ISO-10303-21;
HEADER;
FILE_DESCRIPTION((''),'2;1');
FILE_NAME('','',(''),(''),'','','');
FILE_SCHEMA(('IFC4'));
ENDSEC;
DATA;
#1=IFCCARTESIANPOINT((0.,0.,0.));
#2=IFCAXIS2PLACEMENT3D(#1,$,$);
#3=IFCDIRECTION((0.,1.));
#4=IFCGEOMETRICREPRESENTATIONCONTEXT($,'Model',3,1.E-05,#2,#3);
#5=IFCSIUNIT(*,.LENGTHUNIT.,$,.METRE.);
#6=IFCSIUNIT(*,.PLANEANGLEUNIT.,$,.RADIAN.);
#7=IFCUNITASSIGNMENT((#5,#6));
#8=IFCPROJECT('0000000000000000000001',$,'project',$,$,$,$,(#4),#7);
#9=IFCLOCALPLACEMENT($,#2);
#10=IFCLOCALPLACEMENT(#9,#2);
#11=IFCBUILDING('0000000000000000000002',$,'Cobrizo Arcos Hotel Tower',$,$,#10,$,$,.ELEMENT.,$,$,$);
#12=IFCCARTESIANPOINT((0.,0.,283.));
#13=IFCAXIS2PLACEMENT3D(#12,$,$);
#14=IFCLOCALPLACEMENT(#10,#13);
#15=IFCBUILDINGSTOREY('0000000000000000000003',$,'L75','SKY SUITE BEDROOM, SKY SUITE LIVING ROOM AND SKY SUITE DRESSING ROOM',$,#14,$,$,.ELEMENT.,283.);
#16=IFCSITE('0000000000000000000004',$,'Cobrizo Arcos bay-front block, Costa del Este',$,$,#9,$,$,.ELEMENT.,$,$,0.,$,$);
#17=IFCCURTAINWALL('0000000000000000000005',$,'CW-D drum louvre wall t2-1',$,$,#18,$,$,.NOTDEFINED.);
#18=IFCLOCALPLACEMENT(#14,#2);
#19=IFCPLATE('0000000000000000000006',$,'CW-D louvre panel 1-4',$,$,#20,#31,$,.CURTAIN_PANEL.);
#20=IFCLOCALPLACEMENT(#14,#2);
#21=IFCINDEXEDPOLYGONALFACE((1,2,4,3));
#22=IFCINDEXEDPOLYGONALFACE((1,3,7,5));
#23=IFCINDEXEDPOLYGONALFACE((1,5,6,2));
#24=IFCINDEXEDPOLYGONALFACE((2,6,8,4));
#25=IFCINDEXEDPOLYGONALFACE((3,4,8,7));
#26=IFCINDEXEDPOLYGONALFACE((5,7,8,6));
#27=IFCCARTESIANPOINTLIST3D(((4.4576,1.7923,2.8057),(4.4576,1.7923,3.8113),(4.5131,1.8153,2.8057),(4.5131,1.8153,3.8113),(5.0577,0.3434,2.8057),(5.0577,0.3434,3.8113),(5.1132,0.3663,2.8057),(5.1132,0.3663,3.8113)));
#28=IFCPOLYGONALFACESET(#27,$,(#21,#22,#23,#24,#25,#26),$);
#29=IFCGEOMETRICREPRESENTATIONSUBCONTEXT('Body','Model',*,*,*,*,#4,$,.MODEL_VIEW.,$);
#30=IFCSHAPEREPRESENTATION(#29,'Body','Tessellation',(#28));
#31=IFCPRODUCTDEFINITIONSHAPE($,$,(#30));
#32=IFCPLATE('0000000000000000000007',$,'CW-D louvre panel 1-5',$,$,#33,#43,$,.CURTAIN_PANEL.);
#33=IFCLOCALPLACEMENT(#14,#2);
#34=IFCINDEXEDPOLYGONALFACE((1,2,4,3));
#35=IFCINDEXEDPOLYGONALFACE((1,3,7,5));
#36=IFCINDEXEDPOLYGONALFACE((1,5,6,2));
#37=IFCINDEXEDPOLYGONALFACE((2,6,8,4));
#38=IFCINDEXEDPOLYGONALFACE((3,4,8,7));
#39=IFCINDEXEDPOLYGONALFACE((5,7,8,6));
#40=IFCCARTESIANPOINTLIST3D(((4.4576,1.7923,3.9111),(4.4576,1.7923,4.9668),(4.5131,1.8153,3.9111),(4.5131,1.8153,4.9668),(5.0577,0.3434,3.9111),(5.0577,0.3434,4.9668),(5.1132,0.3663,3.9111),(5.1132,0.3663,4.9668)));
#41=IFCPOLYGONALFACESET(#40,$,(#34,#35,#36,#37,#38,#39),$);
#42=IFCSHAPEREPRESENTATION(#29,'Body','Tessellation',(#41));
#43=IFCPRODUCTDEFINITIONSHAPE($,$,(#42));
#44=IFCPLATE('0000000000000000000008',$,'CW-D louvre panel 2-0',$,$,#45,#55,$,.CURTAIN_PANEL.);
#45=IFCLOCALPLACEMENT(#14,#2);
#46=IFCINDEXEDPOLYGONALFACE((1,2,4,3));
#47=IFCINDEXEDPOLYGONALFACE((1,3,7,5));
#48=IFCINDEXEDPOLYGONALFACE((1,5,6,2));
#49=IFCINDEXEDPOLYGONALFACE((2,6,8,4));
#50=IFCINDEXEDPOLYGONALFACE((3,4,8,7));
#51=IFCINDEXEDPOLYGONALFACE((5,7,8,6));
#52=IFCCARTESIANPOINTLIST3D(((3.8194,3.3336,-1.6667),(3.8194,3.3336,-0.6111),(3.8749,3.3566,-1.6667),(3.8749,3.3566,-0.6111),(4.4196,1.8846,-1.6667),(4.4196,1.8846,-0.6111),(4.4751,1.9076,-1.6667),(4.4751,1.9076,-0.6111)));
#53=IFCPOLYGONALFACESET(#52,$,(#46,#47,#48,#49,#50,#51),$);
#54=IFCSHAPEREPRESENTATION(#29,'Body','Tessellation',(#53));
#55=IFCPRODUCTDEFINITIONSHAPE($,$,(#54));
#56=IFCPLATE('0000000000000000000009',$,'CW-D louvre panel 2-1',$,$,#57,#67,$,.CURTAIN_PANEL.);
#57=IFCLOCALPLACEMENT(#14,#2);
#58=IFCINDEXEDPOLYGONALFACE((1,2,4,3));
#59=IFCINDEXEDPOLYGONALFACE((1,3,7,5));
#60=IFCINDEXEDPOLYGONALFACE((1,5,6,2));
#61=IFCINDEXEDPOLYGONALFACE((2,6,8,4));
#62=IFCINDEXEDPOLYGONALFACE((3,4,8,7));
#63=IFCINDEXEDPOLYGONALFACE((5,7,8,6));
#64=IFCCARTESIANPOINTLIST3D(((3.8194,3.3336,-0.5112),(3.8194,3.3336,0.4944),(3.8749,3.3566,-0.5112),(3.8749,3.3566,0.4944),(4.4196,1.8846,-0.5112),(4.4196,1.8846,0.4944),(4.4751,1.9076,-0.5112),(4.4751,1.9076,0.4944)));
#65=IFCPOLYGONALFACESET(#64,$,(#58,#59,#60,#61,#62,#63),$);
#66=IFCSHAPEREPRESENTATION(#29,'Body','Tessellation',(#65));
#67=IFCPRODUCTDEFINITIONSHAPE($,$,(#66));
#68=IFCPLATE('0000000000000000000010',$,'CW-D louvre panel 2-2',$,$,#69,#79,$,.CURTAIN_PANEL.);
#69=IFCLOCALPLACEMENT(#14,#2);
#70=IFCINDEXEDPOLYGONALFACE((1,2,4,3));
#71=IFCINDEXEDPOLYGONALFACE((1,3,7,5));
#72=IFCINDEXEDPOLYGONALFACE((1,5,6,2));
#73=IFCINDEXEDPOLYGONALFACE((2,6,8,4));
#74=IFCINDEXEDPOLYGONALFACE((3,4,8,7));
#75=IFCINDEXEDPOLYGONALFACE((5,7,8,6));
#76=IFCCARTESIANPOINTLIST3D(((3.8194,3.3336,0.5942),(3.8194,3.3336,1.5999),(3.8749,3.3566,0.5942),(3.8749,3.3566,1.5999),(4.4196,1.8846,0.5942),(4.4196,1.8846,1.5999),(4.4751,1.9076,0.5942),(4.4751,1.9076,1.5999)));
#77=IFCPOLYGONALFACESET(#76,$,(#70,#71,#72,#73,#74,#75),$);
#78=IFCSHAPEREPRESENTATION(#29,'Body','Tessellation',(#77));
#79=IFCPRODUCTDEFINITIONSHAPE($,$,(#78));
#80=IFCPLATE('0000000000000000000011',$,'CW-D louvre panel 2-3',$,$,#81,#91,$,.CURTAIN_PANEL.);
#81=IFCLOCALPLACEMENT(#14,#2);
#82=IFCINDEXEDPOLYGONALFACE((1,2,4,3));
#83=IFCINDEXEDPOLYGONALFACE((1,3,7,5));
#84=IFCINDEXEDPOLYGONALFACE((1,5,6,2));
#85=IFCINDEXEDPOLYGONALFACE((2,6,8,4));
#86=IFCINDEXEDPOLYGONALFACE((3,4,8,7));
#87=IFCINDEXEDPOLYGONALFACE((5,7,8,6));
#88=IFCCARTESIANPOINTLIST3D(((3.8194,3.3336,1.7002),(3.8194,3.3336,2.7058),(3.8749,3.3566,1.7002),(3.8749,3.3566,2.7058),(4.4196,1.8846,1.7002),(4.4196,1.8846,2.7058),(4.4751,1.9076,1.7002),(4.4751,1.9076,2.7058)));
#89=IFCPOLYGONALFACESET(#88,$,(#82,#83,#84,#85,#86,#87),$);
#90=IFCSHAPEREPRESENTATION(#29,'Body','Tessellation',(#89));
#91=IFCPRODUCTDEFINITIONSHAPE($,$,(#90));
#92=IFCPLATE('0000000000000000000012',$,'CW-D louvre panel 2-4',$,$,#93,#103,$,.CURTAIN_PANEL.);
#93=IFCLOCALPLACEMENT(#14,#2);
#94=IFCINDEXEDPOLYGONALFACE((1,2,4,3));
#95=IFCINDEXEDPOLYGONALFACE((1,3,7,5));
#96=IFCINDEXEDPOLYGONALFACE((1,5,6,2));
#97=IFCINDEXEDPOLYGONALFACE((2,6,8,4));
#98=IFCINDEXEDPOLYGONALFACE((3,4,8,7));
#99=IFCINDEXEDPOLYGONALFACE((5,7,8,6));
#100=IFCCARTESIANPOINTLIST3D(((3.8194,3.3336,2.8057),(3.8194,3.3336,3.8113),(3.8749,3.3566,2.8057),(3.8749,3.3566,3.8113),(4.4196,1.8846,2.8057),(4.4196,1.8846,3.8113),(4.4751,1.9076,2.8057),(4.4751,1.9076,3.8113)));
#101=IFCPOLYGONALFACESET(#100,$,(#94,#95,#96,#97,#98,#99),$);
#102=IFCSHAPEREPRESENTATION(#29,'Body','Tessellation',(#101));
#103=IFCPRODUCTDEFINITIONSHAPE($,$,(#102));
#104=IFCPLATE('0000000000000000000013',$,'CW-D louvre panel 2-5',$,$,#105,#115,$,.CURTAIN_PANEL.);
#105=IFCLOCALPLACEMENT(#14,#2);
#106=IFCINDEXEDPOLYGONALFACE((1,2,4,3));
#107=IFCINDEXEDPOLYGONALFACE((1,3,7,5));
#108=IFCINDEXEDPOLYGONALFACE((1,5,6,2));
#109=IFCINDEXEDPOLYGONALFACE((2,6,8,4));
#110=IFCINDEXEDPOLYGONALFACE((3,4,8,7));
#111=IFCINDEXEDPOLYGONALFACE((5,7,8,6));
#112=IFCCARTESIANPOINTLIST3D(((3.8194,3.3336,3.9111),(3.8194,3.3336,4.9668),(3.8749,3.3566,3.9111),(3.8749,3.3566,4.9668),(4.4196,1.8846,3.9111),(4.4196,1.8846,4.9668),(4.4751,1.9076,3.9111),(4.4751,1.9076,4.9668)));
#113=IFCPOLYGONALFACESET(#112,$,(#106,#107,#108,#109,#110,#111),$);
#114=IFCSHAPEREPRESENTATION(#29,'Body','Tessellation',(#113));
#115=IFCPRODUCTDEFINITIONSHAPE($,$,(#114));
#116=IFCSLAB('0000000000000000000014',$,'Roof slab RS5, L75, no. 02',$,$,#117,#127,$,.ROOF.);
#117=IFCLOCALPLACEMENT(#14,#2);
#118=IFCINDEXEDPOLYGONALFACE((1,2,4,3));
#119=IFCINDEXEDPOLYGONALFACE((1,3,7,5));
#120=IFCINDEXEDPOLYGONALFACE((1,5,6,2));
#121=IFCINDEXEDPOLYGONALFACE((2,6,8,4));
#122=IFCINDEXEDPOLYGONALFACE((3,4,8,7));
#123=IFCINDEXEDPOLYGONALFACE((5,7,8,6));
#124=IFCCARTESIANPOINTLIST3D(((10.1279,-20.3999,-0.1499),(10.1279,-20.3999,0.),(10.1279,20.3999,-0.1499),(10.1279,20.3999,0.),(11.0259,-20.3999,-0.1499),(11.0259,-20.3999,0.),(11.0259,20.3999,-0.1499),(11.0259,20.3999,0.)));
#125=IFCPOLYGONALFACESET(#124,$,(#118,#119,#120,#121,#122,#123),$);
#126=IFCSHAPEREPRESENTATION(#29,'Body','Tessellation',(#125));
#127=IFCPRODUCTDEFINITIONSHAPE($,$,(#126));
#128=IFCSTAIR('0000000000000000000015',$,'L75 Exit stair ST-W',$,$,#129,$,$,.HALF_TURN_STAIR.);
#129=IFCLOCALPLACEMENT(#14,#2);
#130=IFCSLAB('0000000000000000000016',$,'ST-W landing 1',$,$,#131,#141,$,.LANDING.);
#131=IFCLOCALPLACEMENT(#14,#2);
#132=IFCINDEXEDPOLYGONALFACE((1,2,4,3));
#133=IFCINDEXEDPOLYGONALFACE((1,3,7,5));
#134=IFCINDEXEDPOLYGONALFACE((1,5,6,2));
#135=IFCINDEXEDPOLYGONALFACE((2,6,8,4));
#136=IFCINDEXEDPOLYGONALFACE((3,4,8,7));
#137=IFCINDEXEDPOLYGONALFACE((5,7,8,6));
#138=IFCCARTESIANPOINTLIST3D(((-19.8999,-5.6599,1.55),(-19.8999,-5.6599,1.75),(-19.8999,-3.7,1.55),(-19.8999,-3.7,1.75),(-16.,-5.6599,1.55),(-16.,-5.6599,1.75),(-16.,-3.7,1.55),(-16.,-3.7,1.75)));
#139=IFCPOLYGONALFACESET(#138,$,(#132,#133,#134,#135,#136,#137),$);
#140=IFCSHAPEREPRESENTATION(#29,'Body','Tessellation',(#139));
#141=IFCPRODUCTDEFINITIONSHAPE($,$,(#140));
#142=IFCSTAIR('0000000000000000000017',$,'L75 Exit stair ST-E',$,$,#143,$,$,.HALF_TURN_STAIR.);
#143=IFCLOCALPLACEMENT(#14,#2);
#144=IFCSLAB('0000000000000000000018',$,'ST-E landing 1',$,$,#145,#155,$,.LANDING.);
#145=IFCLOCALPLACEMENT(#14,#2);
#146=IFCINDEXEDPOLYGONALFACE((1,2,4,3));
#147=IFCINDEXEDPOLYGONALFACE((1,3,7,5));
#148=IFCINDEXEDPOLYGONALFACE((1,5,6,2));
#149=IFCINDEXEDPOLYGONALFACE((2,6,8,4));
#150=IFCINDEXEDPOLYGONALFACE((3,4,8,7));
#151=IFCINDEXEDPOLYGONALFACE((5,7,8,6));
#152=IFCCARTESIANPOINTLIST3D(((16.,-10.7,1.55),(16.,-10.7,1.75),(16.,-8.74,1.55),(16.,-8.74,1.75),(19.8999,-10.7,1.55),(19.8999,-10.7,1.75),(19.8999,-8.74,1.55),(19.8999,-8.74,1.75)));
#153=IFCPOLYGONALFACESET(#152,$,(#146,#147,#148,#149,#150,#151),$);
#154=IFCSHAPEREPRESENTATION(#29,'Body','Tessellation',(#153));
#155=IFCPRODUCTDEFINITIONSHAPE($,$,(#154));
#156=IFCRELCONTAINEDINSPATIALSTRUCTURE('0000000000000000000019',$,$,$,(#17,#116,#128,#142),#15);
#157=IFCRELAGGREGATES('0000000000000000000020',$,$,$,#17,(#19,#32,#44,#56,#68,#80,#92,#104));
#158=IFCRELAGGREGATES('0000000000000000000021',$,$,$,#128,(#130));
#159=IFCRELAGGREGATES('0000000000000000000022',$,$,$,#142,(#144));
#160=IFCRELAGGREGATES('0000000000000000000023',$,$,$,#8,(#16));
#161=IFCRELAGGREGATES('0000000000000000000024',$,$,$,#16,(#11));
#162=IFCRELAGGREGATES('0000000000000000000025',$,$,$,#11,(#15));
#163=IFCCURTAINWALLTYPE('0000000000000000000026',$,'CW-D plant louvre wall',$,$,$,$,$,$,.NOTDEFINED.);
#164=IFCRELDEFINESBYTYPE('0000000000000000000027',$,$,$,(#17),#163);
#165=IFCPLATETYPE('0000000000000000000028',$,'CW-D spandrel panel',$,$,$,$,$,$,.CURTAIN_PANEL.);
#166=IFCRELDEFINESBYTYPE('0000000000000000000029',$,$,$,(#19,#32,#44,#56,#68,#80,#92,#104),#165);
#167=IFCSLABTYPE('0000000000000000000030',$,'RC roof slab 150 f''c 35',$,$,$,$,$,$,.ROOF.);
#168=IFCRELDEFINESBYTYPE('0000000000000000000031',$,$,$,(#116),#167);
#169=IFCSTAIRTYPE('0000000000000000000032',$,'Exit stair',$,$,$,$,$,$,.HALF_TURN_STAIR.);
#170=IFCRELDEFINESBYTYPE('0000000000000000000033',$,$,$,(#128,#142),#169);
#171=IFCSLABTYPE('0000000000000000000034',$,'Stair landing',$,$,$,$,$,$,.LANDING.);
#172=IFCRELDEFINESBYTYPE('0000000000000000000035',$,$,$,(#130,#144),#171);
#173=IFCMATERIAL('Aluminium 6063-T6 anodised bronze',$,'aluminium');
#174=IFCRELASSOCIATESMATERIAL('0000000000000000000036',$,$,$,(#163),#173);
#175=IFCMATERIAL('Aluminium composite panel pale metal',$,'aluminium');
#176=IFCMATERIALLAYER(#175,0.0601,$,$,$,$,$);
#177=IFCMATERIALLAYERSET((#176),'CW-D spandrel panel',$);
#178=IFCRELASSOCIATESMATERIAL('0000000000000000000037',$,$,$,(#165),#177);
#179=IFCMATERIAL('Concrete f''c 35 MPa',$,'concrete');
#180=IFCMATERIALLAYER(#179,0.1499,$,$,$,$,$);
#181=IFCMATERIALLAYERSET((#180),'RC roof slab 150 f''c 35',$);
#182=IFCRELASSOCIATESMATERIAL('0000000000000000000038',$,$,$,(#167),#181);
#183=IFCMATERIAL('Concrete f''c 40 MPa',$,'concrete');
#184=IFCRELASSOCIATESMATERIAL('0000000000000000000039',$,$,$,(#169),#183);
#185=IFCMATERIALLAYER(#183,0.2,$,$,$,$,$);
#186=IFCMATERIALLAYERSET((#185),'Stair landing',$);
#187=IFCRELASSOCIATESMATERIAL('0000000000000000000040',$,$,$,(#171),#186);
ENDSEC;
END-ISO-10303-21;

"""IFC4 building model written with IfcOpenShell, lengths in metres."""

from ifc_helpers import new_model, si_unit, direction, frame, origin, origin_2d, place, context, subcontext, project, spatial, polyline, rectangle, outline, extrude, material, layer, layer_set, type_object, element, aggregate, save


model = new_model("IFC4")

# Units and contexts
model_context = context("Model", 3, precision=1e-05, world=origin(), true_north=direction((0.0, 1.0)))
body_context = subcontext(model_context, "Body", "Model", "MODEL_VIEW")
ifc_project = project(units=[si_unit("LENGTHUNIT", "METRE"), si_unit("PLANEANGLEUNIT", "RADIAN")], contexts=[model_context])

# Site, building, storey
site_placement = place(None, origin())
site = spatial("IfcSite", under=ifc_project, at=site_placement, Name="Cobrizo Arcos bay-front block, Costa del Este", CompositionType="ELEMENT", RefElevation=0.0)
building_placement = place(site_placement, origin())
building = spatial("IfcBuilding", under=site, at=building_placement, Name="Cobrizo Arcos Hotel Tower", CompositionType="ELEMENT")
storey_placement = place(building_placement, frame((0.0, 0.0, 283.0)))
storey = spatial("IfcBuildingStorey", under=building, at=storey_placement, Name="L75", Description="SKY SUITE BEDROOM, SKY SUITE LIVING ROOM AND SKY SUITE DRESSING ROOM", CompositionType="ELEMENT", Elevation=283.0)

# Curtain wall
ifc_material_1 = material(Name="Aluminium 6063-T6 anodised bronze", Category="aluminium")
curtain_wall_type_1 = type_object("IfcCurtainWallType", Name="CW-D plant louvre wall", PredefinedType="NOTDEFINED", material=ifc_material_1)
curtain_wall_1_placement = place(storey_placement, origin())
curtain_wall_1 = element("IfcCurtainWall", 1, at=curtain_wall_1_placement, inside=storey, type_object=curtain_wall_type_1, Name="CW-D drum louvre wall t2-1", PredefinedType="NOTDEFINED")

# Plates
ifc_material_2 = material(Name="Aluminium composite panel pale metal", Category="aluminium")
ifc_layer_1 = layer(ifc_material_2, 0.0601)
ifc_layer_set_1 = layer_set([ifc_layer_1], Name="CW-D spandrel panel")
plate_type_1 = type_object("IfcPlateType", Name="CW-D spandrel panel", PredefinedType="CURTAIN_PANEL", material=ifc_layer_set_1)
plate_1_placement = place(storey_placement, frame((4.7854, 1.0793, 2.8057), z_axis=(0.0, 0.0, 1.0), x_axis=(-0.382683, 0.92388, 0.0)))
plate_1 = element("IfcPlate", 2, at=plate_1_placement, type_object=plate_type_1, Name="CW-D louvre panel 1-4", PredefinedType="CURTAIN_PANEL", context=body_context, shape_type="SweptSolid", body=[
    extrude(rectangle(XDim=1.5684, YDim=0.0601, at=origin_2d()), origin(), (0.0, 0.0, 1.0), 1.0056),
])
plate_2_placement = place(storey_placement, frame((4.7854, 1.0793, 3.9111), z_axis=(0.0, 0.0, 1.0), x_axis=(-0.382683, 0.92388, 0.0)))
plate_2 = element("IfcPlate", 3, at=plate_2_placement, type_object=plate_type_1, Name="CW-D louvre panel 1-5", PredefinedType="CURTAIN_PANEL", context=body_context, shape_type="SweptSolid", body=[
    extrude(rectangle(XDim=1.5684, YDim=0.0601, at=origin_2d()), origin(), (0.0, 0.0, 1.0), 1.0557),
])
plate_3_placement = place(storey_placement, frame((4.1472, 2.6206, -1.6667), z_axis=(0.0, 0.0, 1.0), x_axis=(-0.382683, 0.92388, 0.0)))
plate_3 = element("IfcPlate", 4, at=plate_3_placement, type_object=plate_type_1, Name="CW-D louvre panel 2-0", PredefinedType="CURTAIN_PANEL", context=body_context, shape_type="SweptSolid", body=[
    extrude(rectangle(XDim=1.5684, YDim=0.0601, at=origin_2d()), origin(), (0.0, 0.0, 1.0), 1.0557),
])
plate_4_placement = place(storey_placement, frame((4.1472, 2.6206, -0.5112), z_axis=(0.0, 0.0, 1.0), x_axis=(-0.382683, 0.92388, 0.0)))
plate_4 = element("IfcPlate", 5, at=plate_4_placement, type_object=plate_type_1, Name="CW-D louvre panel 2-1", PredefinedType="CURTAIN_PANEL", context=body_context, shape_type="SweptSolid", body=[
    extrude(rectangle(XDim=1.5684, YDim=0.0601, at=origin_2d()), origin(), (0.0, 0.0, 1.0), 1.0056),
])
plate_5_placement = place(storey_placement, frame((4.1472, 2.6206, 0.5942), z_axis=(0.0, 0.0, 1.0), x_axis=(-0.382683, 0.92388, 0.0)))
plate_5 = element("IfcPlate", 6, at=plate_5_placement, type_object=plate_type_1, Name="CW-D louvre panel 2-2", PredefinedType="CURTAIN_PANEL", context=body_context, shape_type="SweptSolid", body=[
    extrude(rectangle(XDim=1.5684, YDim=0.0601, at=origin_2d()), origin(), (0.0, 0.0, 1.0), 1.0056),
])
plate_6_placement = place(storey_placement, frame((4.1472, 2.6206, 1.7002), z_axis=(0.0, 0.0, 1.0), x_axis=(-0.382683, 0.92388, 0.0)))
plate_6 = element("IfcPlate", 7, at=plate_6_placement, type_object=plate_type_1, Name="CW-D louvre panel 2-3", PredefinedType="CURTAIN_PANEL", context=body_context, shape_type="SweptSolid", body=[
    extrude(rectangle(XDim=1.5684, YDim=0.0601, at=origin_2d()), origin(), (0.0, 0.0, 1.0), 1.0056),
])
plate_7_placement = place(storey_placement, frame((4.1472, 2.6206, 2.8057), z_axis=(0.0, 0.0, 1.0), x_axis=(-0.382683, 0.92388, 0.0)))
plate_7 = element("IfcPlate", 8, at=plate_7_placement, type_object=plate_type_1, Name="CW-D louvre panel 2-4", PredefinedType="CURTAIN_PANEL", context=body_context, shape_type="SweptSolid", body=[
    extrude(rectangle(XDim=1.5684, YDim=0.0601, at=origin_2d()), origin(), (0.0, 0.0, 1.0), 1.0056),
])
plate_8_placement = place(storey_placement, frame((4.1472, 2.6206, 3.9111), z_axis=(0.0, 0.0, 1.0), x_axis=(-0.382683, 0.92388, 0.0)))
plate_8 = element("IfcPlate", 9, at=plate_8_placement, type_object=plate_type_1, Name="CW-D louvre panel 2-5", PredefinedType="CURTAIN_PANEL", context=body_context, shape_type="SweptSolid", body=[
    extrude(rectangle(XDim=1.5684, YDim=0.0601, at=origin_2d()), origin(), (0.0, 0.0, 1.0), 1.0557),
])
aggregate(curtain_wall_1, [plate_1, plate_2, plate_3, plate_4, plate_5, plate_6, plate_7, plate_8])

# Slab
ifc_material_3 = material(Name="Concrete f'c 35 MPa", Category="concrete")
ifc_layer_2 = layer(ifc_material_3, 0.1499)
ifc_layer_set_2 = layer_set([ifc_layer_2], Name="RC roof slab 150 f'c 35")
slab_type_1 = type_object("IfcSlabType", Name="RC roof slab 150 f'c 35", PredefinedType="ROOF", material=ifc_layer_set_2)
slab_1_placement = place(storey_placement, frame((0.0, 0.0, -0.1499)))
element("IfcSlab", 10, at=slab_1_placement, inside=storey, type_object=slab_type_1, Name="Roof slab RS5, L75, no. 02", PredefinedType="ROOF", context=body_context, shape_type="SweptSolid", body=[
    extrude(outline(polyline([(11.0259, 20.3999), (11.0259, -20.3999), (10.1279, -20.3999), (10.1279, 20.3999), (11.0259, 20.3999)])), origin(), (0.0, 0.0, 1.0), 0.1499),
])

# Stairs, slabs
ifc_material_4 = material(Name="Concrete f'c 40 MPa", Category="concrete")
stair_type = type_object("IfcStairType", Name="Exit stair", PredefinedType="HALF_TURN_STAIR", material=ifc_material_4)
stair_1_placement = place(storey_placement, origin())
stair_1 = element("IfcStair", 11, at=stair_1_placement, inside=storey, type_object=stair_type, Name="L75 Exit stair ST-W", PredefinedType="HALF_TURN_STAIR")
ifc_layer_3 = layer(ifc_material_4, 0.2)
ifc_layer_set_3 = layer_set([ifc_layer_3], Name="Stair landing")
slab_type_2 = type_object("IfcSlabType", Name="Stair landing", PredefinedType="LANDING", material=ifc_layer_set_3)
slab_2_placement = place(storey_placement, frame((0.0, 0.0, 1.55)))
slab_2 = element("IfcSlab", 12, at=slab_2_placement, type_object=slab_type_2, Name="ST-W landing 1", PredefinedType="LANDING", context=body_context, shape_type="SweptSolid", body=[
    extrude(outline(polyline([(-16.0, -5.6599), (-16.0, -3.7), (-19.8999, -3.7), (-19.8999, -5.6599), (-16.0, -5.6599)])), origin(), (0.0, 0.0, 1.0), 0.2),
])
aggregate(stair_1, [slab_2])
stair_2_placement = place(storey_placement, origin())
stair_2 = element("IfcStair", 13, at=stair_2_placement, inside=storey, type_object=stair_type, Name="L75 Exit stair ST-E", PredefinedType="HALF_TURN_STAIR")
slab_3_placement = place(storey_placement, frame((0.0, 0.0, 1.55)))
slab_3 = element("IfcSlab", 14, at=slab_3_placement, type_object=slab_type_2, Name="ST-E landing 1", PredefinedType="LANDING", context=body_context, shape_type="SweptSolid", body=[
    extrude(outline(polyline([(16.0, -8.74), (16.0, -10.7), (19.8999, -10.7), (19.8999, -8.74), (16.0, -8.74)])), origin(), (0.0, 0.0, 1.0), 0.2),
])
aggregate(stair_2, [slab_3])

save(model, "model.ifc")
